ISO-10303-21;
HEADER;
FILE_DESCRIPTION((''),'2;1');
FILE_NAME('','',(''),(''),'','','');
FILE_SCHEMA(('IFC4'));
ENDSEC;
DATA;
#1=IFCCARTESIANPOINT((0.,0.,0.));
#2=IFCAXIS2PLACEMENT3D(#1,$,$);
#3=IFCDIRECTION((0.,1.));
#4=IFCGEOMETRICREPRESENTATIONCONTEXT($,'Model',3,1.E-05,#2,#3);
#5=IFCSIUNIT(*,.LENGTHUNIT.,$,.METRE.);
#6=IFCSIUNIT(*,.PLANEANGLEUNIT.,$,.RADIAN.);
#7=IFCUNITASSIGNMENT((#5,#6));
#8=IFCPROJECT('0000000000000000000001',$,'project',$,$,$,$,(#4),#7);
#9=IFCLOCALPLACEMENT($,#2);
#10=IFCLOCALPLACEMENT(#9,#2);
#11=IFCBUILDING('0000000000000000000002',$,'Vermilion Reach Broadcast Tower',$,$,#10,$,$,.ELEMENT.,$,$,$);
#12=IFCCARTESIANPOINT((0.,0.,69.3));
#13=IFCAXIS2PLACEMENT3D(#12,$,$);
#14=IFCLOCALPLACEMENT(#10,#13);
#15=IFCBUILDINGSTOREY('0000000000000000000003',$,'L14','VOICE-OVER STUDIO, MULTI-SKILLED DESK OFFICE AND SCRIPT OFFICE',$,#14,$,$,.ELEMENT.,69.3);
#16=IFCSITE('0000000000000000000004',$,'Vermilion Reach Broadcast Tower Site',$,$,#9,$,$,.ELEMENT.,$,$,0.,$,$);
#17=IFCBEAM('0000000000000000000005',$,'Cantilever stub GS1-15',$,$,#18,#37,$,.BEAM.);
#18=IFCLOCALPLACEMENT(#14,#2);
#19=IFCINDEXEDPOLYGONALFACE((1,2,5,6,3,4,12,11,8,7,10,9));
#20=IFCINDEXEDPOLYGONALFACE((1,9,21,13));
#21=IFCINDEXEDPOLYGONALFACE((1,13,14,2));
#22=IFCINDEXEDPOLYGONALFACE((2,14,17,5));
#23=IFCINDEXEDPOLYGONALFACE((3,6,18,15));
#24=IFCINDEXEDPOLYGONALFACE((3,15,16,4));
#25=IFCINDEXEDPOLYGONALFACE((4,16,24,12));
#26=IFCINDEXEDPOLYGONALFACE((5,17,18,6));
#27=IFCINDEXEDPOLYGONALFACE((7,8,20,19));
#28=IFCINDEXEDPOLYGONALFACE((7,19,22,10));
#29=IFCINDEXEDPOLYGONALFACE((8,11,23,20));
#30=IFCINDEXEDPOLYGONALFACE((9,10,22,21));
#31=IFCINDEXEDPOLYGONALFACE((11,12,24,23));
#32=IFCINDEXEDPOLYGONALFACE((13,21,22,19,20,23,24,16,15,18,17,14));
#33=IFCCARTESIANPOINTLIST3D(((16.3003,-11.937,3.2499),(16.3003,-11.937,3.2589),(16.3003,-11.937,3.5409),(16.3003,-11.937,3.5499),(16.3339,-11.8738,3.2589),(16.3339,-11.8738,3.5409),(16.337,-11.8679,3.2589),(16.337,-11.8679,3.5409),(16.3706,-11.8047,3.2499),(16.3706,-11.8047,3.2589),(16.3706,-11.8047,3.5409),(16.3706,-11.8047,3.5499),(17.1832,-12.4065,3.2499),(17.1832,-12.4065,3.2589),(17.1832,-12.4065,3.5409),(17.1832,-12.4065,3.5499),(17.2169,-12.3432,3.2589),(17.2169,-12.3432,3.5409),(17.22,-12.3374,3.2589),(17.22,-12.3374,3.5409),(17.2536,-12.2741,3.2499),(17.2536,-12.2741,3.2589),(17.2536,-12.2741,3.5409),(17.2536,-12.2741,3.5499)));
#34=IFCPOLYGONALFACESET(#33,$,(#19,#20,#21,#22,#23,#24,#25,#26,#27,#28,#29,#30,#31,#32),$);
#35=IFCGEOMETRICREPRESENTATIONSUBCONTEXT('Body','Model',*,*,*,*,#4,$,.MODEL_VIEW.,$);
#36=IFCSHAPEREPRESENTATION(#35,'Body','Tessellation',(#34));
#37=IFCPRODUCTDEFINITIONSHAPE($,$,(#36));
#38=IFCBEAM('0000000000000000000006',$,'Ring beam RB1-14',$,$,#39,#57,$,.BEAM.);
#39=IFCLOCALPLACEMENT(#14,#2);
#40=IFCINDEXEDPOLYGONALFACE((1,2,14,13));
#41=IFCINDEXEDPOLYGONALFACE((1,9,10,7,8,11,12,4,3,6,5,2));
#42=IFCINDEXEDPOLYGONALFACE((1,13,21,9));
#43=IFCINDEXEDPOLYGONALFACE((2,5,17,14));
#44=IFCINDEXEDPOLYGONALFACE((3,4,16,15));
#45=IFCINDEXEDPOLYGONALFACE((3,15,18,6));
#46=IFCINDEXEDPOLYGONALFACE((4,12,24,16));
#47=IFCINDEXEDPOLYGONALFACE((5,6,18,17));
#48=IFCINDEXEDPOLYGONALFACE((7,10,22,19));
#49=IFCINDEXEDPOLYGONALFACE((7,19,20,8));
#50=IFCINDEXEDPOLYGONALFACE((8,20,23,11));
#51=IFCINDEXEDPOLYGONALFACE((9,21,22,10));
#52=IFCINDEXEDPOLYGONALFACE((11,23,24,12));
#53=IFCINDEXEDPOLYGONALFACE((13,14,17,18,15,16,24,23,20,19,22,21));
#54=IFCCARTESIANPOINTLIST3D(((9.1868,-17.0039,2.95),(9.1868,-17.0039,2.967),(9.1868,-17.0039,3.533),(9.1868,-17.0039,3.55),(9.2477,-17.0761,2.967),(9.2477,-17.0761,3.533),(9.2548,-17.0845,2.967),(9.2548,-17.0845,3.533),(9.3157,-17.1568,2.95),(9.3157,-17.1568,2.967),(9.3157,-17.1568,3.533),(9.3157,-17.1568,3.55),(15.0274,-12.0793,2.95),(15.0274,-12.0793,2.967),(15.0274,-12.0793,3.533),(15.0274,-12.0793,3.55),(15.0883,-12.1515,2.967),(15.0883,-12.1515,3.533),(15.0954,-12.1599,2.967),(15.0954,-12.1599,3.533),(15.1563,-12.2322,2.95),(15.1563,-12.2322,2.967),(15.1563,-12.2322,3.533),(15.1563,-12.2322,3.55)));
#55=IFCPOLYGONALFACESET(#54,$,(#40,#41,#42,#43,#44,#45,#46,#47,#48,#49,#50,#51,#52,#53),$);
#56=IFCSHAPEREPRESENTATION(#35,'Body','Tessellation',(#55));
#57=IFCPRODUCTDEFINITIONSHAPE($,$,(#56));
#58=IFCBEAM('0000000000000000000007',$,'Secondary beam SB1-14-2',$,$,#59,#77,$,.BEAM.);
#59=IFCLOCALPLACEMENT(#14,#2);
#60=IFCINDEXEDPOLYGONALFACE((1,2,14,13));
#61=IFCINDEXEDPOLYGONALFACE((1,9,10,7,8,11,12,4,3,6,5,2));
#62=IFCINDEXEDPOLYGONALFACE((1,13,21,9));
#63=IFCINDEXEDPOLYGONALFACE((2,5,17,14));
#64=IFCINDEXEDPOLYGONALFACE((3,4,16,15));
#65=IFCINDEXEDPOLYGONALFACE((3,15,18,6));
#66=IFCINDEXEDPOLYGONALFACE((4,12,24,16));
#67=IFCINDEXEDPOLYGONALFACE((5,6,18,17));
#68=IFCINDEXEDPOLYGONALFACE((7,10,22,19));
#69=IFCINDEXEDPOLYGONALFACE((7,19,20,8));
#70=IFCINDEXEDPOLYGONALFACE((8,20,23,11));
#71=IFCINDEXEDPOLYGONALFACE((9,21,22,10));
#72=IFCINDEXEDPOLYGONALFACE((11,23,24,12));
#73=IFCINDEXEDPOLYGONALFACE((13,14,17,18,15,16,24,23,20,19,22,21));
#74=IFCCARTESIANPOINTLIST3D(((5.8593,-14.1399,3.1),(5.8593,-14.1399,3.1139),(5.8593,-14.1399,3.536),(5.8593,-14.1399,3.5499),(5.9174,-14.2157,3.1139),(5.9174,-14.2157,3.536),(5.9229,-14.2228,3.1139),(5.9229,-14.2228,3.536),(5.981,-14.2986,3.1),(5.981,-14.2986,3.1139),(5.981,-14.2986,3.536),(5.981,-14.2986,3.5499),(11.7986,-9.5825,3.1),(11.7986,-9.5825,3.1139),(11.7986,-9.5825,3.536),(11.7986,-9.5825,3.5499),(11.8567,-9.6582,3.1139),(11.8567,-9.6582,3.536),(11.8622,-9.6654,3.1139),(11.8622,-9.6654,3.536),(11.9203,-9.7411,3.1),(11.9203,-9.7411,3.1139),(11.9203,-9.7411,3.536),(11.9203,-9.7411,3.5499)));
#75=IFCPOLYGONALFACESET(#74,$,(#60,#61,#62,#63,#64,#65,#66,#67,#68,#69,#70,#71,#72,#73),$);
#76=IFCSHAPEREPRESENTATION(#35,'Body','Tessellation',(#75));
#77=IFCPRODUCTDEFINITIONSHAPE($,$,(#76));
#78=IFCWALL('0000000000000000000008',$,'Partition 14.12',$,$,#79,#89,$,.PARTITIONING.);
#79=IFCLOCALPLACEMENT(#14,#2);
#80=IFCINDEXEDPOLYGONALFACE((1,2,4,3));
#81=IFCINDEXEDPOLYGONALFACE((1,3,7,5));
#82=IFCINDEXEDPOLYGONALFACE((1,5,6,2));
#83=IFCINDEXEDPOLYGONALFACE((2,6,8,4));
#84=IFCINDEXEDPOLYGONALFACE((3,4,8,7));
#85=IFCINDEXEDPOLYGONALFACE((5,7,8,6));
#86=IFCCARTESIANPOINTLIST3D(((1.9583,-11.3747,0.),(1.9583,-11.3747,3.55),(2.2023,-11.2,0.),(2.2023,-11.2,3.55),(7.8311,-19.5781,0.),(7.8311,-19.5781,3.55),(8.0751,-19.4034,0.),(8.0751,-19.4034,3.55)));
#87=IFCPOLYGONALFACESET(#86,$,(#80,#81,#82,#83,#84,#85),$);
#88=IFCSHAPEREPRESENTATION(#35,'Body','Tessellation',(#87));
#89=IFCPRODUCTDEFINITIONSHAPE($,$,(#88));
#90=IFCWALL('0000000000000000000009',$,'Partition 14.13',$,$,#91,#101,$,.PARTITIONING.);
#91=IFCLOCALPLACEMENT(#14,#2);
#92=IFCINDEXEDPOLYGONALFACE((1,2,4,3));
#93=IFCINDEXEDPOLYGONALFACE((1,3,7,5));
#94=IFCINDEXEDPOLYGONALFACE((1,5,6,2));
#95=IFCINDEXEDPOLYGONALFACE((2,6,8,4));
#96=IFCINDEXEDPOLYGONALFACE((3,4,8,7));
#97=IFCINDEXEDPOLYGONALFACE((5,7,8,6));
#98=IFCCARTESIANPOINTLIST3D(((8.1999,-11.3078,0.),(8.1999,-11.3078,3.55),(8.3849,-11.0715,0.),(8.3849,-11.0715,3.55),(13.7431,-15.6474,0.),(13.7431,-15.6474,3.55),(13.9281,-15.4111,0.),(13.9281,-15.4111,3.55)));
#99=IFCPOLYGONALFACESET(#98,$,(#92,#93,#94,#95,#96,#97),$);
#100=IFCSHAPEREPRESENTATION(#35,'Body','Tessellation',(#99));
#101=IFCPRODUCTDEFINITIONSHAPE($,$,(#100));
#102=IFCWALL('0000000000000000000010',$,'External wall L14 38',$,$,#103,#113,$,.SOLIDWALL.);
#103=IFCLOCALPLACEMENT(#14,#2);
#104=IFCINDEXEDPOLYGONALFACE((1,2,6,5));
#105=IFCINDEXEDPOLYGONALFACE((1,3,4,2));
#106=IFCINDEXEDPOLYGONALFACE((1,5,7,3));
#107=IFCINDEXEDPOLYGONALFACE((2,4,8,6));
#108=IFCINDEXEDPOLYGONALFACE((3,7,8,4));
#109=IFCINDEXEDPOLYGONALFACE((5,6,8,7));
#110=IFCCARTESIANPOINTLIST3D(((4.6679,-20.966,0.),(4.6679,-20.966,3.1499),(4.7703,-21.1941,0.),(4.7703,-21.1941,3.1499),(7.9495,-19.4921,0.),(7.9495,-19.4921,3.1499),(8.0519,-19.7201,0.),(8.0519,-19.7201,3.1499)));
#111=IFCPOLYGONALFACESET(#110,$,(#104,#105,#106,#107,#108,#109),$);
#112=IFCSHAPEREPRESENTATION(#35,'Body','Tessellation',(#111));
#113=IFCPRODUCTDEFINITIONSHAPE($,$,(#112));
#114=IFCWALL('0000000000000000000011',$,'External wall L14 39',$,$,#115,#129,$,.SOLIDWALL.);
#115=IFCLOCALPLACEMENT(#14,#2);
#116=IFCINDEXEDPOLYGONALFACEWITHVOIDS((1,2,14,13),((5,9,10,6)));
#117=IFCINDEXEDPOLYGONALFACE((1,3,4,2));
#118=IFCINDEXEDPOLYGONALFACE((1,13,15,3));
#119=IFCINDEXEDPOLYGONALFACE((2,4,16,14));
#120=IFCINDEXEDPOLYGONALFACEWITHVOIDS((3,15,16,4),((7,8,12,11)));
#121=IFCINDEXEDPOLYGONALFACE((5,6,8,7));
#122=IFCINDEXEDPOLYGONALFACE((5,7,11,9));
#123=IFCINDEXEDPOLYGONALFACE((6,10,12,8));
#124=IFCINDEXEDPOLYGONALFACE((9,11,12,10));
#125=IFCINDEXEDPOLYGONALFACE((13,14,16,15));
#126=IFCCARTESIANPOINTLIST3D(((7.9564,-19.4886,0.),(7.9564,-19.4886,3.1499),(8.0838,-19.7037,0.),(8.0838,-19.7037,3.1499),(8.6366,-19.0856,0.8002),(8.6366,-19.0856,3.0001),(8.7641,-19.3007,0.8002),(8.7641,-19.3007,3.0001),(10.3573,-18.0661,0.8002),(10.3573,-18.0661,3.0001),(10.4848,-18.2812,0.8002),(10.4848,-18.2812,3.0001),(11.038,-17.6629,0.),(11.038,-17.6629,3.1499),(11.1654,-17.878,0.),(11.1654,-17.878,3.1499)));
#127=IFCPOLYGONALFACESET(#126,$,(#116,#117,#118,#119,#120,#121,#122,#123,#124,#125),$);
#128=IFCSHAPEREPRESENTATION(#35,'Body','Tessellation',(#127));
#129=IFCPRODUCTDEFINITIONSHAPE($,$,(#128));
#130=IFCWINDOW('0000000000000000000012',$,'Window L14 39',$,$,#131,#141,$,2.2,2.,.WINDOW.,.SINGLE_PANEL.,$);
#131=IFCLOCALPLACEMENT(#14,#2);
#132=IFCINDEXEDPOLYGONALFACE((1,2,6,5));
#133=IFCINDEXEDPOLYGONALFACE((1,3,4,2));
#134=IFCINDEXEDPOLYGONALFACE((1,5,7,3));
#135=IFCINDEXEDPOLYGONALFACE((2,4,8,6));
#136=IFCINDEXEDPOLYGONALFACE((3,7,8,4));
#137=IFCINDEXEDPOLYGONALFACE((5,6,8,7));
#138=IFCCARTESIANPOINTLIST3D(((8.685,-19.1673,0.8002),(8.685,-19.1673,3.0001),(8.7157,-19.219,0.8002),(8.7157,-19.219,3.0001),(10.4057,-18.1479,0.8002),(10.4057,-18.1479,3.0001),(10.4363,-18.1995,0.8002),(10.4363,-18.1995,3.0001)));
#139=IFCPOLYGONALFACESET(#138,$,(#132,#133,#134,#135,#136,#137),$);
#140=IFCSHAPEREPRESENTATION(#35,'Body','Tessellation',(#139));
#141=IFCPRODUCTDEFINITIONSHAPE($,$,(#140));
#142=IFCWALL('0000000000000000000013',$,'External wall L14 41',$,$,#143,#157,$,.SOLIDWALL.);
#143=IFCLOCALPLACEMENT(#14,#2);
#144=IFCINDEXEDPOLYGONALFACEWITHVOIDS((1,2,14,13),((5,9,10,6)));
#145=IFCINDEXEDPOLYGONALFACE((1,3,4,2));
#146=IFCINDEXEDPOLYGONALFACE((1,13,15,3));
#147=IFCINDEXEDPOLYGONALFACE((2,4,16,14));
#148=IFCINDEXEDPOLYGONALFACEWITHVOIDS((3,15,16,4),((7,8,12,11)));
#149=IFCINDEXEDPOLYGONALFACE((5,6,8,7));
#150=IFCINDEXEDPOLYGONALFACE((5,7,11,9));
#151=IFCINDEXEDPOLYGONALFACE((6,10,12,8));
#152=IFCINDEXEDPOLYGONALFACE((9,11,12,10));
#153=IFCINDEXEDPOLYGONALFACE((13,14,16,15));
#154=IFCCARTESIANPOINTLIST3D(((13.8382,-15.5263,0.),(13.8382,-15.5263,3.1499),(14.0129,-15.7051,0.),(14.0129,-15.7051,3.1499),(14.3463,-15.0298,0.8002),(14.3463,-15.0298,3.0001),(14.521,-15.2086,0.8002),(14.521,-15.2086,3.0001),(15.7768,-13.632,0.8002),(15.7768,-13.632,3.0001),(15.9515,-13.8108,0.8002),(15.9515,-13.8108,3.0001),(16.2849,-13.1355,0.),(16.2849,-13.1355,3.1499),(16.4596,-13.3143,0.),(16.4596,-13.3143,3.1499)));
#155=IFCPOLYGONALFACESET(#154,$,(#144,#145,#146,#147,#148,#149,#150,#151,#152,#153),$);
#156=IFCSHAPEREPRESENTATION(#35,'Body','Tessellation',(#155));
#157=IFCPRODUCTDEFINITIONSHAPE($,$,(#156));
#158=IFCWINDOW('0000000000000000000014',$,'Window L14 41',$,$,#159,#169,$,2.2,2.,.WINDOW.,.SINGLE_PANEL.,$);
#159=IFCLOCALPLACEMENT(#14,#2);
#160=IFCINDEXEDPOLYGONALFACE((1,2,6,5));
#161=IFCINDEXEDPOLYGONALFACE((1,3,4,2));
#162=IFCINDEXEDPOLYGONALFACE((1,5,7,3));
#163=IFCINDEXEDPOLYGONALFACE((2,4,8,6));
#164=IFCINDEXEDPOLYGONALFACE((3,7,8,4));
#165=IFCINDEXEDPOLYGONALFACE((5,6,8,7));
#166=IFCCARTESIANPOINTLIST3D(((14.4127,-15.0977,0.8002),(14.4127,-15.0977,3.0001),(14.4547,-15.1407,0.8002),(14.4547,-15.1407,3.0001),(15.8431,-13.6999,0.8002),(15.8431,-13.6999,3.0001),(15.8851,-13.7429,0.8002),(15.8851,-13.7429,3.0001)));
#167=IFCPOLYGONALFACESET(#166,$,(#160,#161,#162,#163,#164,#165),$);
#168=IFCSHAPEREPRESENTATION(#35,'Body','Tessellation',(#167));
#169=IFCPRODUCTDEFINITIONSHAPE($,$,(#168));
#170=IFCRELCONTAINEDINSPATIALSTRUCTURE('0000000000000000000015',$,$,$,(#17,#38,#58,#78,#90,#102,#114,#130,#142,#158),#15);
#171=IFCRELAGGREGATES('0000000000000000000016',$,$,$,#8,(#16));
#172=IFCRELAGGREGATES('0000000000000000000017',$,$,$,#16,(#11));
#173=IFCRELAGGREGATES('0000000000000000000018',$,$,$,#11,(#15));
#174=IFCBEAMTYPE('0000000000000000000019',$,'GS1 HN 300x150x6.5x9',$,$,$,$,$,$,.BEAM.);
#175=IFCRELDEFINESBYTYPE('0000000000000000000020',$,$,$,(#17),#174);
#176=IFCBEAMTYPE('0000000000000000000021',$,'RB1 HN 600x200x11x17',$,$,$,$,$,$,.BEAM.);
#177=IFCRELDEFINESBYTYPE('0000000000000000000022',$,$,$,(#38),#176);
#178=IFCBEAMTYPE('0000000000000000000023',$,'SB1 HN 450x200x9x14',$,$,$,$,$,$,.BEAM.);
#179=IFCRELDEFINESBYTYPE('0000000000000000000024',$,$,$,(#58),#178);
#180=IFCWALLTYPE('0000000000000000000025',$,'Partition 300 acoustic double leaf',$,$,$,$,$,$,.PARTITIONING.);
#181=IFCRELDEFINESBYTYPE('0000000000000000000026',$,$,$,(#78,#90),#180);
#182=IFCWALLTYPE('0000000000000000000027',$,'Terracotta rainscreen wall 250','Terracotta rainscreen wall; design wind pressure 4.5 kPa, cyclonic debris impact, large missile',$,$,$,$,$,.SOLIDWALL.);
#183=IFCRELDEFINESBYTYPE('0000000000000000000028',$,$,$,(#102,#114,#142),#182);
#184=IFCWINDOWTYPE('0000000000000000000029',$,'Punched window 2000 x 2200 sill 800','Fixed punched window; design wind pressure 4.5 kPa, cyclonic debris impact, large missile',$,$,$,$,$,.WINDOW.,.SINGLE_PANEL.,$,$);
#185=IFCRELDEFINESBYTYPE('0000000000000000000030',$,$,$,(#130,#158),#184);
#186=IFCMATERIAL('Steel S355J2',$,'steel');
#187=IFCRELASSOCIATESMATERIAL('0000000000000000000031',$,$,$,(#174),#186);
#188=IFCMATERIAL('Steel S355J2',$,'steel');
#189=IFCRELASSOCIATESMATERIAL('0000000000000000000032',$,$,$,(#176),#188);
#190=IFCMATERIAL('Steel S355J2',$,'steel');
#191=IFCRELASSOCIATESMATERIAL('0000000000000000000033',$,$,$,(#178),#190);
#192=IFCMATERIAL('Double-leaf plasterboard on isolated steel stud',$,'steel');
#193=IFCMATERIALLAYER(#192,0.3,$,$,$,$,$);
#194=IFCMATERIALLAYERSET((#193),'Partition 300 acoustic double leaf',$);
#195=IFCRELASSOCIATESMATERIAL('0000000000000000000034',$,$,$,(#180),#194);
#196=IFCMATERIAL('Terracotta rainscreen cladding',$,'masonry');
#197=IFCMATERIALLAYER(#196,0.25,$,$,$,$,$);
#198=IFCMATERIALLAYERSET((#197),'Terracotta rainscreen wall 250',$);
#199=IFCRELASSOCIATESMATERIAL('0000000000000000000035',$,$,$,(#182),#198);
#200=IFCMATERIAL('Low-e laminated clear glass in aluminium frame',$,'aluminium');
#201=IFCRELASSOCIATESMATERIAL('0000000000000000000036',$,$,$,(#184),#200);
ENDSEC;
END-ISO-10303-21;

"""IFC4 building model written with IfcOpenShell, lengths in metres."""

from ifc_helpers import new_model, si_unit, direction, frame, frame_2d, origin, origin_2d, place, context, subcontext, project, spatial, rectangle, i_section, extrude, material, layer, layer_set, material_profile, profile_set, type_object, element, fill, save


model = new_model("IFC4")

# Units and contexts
model_context = context("Model", 3, precision=1e-05, world=origin(), true_north=direction((0.0, 1.0)))
body_context = subcontext(model_context, "Body", "Model", "MODEL_VIEW")
ifc_project = project(units=[si_unit("LENGTHUNIT", "METRE"), si_unit("PLANEANGLEUNIT", "RADIAN")], contexts=[model_context])

# Site, building, storey
site_placement = place(None, origin())
site = spatial("IfcSite", under=ifc_project, at=site_placement, Name="Vermilion Reach Broadcast Tower Site", CompositionType="ELEMENT", RefElevation=0.0)
building_placement = place(site_placement, origin())
building = spatial("IfcBuilding", under=site, at=building_placement, Name="Vermilion Reach Broadcast Tower", CompositionType="ELEMENT")
storey_placement = place(building_placement, frame((0.0, 0.0, 69.3)))
storey = spatial("IfcBuildingStorey", under=building, at=storey_placement, Name="L14", Description="VOICE-OVER STUDIO, MULTI-SKILLED DESK OFFICE AND SCRIPT OFFICE", CompositionType="ELEMENT", Elevation=69.3)

# Beams
ifc_material_1 = material(Name="Steel S355J2", Category="steel")
ifc_material_profile_1 = material_profile(ifc_material_1, i_section(OverallWidth=0.1499, OverallDepth=0.3, WebThickness=0.0066, FlangeThickness=0.009, at=origin_2d()), Name="S355J2 HN 300x150x6.5x9")
ifc_profile_set_1 = profile_set([ifc_material_profile_1], Name="Steel S355J2")
beam_type_1 = type_object("IfcBeamType", Name="GS1 HN 300x150x6.5x9", PredefinedType="BEAM", material=ifc_profile_set_1)
for number, where, z_axis, x_axis, name in (
    (1, (16.3354, -11.8708, 3.3999), (0.882967, -0.469435, 0.0), (0.469435, 0.882967, 0.0), "Cantilever stub GS1-15"),
):
    element("IfcBeam", number, at=place(storey_placement, frame(where, z_axis=z_axis, x_axis=x_axis)), inside=storey, type_object=beam_type_1, Name=name, PredefinedType="BEAM", context=body_context, shape_type="SweptSolid", body=[
        extrude(i_section(OverallWidth=0.1499, OverallDepth=0.3, WebThickness=0.0066, FlangeThickness=0.009, at=origin_2d()), origin(), (0.0, 0.0, 1.0), 1.0),
    ])
ifc_material_2 = material(Name="Steel S355J2", Category="steel")
ifc_material_profile_2 = material_profile(ifc_material_2, i_section(OverallWidth=0.2, OverallDepth=0.6001, WebThickness=0.011, FlangeThickness=0.0171, at=origin_2d()), Name="S355J2 HN 600x200x11x17")
ifc_profile_set_2 = profile_set([ifc_material_profile_2], Name="Steel S355J2")
beam_type_2 = type_object("IfcBeamType", Name="RB1 HN 600x200x11x17", PredefinedType="BEAM", material=ifc_profile_set_2)
beam_1_placement = place(storey_placement, frame((9.2512, -17.0803, 3.25), z_axis=(0.764512, 0.644609, 0.0), x_axis=(-0.644609, 0.764512, 0.0)))
element("IfcBeam", 2, at=beam_1_placement, inside=storey, type_object=beam_type_2, Name="Ring beam RB1-14", PredefinedType="BEAM", context=body_context, shape_type="SweptSolid", body=[
    extrude(i_section(OverallWidth=0.2, OverallDepth=0.6001, WebThickness=0.011, FlangeThickness=0.0171, at=origin_2d()), origin(), (0.0, 0.0, 1.0), 7.6396),
])
ifc_material_3 = material(Name="Steel S355J2", Category="steel")
ifc_material_profile_3 = material_profile(ifc_material_3, i_section(OverallWidth=0.2, OverallDepth=0.45, WebThickness=0.009, FlangeThickness=0.0139, at=origin_2d()), Name="S355J2 HN 450x200x9x14")
ifc_profile_set_3 = profile_set([ifc_material_profile_3], Name="Steel S355J2")
beam_type_3 = type_object("IfcBeamType", Name="SB1 HN 450x200x9x14", PredefinedType="BEAM", material=ifc_profile_set_3)
beam_2_placement = place(storey_placement, frame((5.9202, -14.2192, 3.325), z_axis=(0.79335, 0.608766, 0.0), x_axis=(-0.608766, 0.79335, 0.0)))
element("IfcBeam", 3, at=beam_2_placement, inside=storey, type_object=beam_type_3, Name="Secondary beam SB1-14-2", PredefinedType="BEAM", context=body_context, shape_type="SweptSolid", body=[
    extrude(i_section(OverallWidth=0.2, OverallDepth=0.45, WebThickness=0.009, FlangeThickness=0.0139, at=origin_2d()), origin(), (0.0, 0.0, 1.0), 7.4863),
])

# Walls
ifc_material_4 = material(Name="Double-leaf plasterboard on isolated steel stud", Category="steel")
ifc_layer_1 = layer(ifc_material_4, 0.3)
ifc_layer_set_1 = layer_set([ifc_layer_1], Name="Partition 300 acoustic double leaf")
wall_type_1 = type_object("IfcWallType", Name="Partition 300 acoustic double leaf", PredefinedType="PARTITIONING", material=ifc_layer_set_1)
wall_1_placement = place(storey_placement, frame((7.9531, -19.4907, 0.0), z_axis=(0.0, 0.0, 1.0), x_axis=(-0.582108, 0.813112, 0.0)))
element("IfcWall", 4, at=wall_1_placement, inside=storey, type_object=wall_type_1, Name="Partition 14.12", PredefinedType="PARTITIONING", context=body_context, shape_type="SweptSolid", body=[
    extrude(rectangle(XDim=10.0889, YDim=0.3, at=frame_2d((5.0444, 0.0))), origin(), (0.0, 0.0, 1.0), 3.55),
])
wall_2_placement = place(storey_placement, frame((13.8357, -15.5293, 0.0), z_axis=(0.0, 0.0, 1.0), x_axis=(-0.787406, 0.616434, 0.0)))
element("IfcWall", 5, at=wall_2_placement, inside=storey, type_object=wall_type_1, Name="Partition 14.13", PredefinedType="PARTITIONING", context=body_context, shape_type="SweptSolid", body=[
    extrude(rectangle(XDim=7.0398, YDim=0.3, at=frame_2d((3.52, 0.0))), origin(), (0.0, 0.0, 1.0), 3.55),
])
ifc_material_5 = material(Name="Terracotta rainscreen cladding", Category="masonry")
ifc_layer_2 = layer(ifc_material_5, 0.25)
ifc_layer_set_2 = layer_set([ifc_layer_2], Name="Terracotta rainscreen wall 250")
wall_type_2 = type_object("IfcWallType", Name="Terracotta rainscreen wall 250", Description="Terracotta rainscreen wall; design wind pressure 4.5 kPa, cyclonic debris impact, large missile", PredefinedType="SOLIDWALL", material=ifc_layer_set_2)
wall_3_placement = place(storey_placement, frame((4.719, -21.0801, 0.0), z_axis=(0.0, 0.0, 1.0), x_axis=(0.912212, 0.409718, 0.0)))
element("IfcWall", 6, at=wall_3_placement, inside=storey, type_object=wall_type_2, Name="External wall L14 38", PredefinedType="SOLIDWALL", context=body_context, shape_type="SweptSolid", body=[
    extrude(rectangle(XDim=3.5974, YDim=0.25, at=frame_2d((1.7988, 0.0))), origin(), (0.0, 0.0, 1.0), 3.1499),
])

# Wall, opening, window
wall_4_placement = place(storey_placement, frame((8.02, -19.5962, 0.0), z_axis=(0.0, 0.0, 1.0), x_axis=(0.860342, 0.509716, 0.0)))
wall_4 = element("IfcWall", 7, at=wall_4_placement, inside=storey, type_object=wall_type_2, Name="External wall L14 39", PredefinedType="SOLIDWALL", context=body_context, shape_type="SweptSolid", body=[
    extrude(rectangle(XDim=3.5818, YDim=0.25, at=frame_2d((1.791, 0.0))), origin(), (0.0, 0.0, 1.0), 3.1499),
])
opening_1_placement = place(wall_4_placement, frame((0.7908, 0.0, 0.8)))
opening_1 = element("IfcOpeningElement", 8, at=opening_1_placement, cuts=wall_4, PredefinedType="OPENING", context=body_context, shape_type="SweptSolid", body=[
    extrude(rectangle(XDim=2.0, YDim=2.2, at=frame_2d((1.0, 1.1001))), frame((0.0, 0.135, 0.0), z_axis=(0.0, -1.0, 0.0), x_axis=(1.0, 0.0, 0.0)), (0.0, 0.0, 1.0), 0.27),
])
ifc_material_6 = material(Name="Low-e laminated clear glass in aluminium frame", Category="aluminium")
window_type = type_object("IfcWindowType", Name="Punched window 2000 x 2200 sill 800", Description="Fixed punched window; design wind pressure 4.5 kPa, cyclonic debris impact, large missile", PartitioningType="SINGLE_PANEL", PredefinedType="WINDOW", material=ifc_material_6)
window_1_placement = place(opening_1_placement, origin())
window_1 = element("IfcWindow", 9, at=window_1_placement, inside=storey, type_object=window_type, Name="Window L14 39", OverallHeight=2.2, OverallWidth=2.0, PartitioningType="SINGLE_PANEL", PredefinedType="WINDOW", context=body_context, shape_type="SweptSolid", body=[
    extrude(rectangle(XDim=2.0, YDim=2.2, at=frame_2d((1.0, 1.1001))), frame((0.0, 0.03, 0.0), z_axis=(0.0, -1.0, 0.0), x_axis=(1.0, 0.0, 0.0)), (0.0, 0.0, 1.0), 0.0601),
])
fill(opening_1, window_1)

# Wall, opening, window
wall_5_placement = place(storey_placement, frame((13.9255, -15.6157, 0.0), z_axis=(0.0, 0.0, 1.0), x_axis=(0.715231, 0.698888, 0.0)))
wall_5 = element("IfcWall", 10, at=wall_5_placement, inside=storey, type_object=wall_type_2, Name="External wall L14 41", PredefinedType="SOLIDWALL", context=body_context, shape_type="SweptSolid", body=[
    extrude(rectangle(XDim=3.4209, YDim=0.25, at=frame_2d((1.7104, 0.0))), origin(), (0.0, 0.0, 1.0), 3.1499),
])
opening_2_placement = place(wall_5_placement, frame((0.7104, 0.0, 0.8)))
opening_2 = element("IfcOpeningElement", 11, at=opening_2_placement, cuts=wall_5, PredefinedType="OPENING", context=body_context, shape_type="SweptSolid", body=[
    extrude(rectangle(XDim=2.0, YDim=2.2, at=frame_2d((1.0, 1.1001))), frame((0.0, 0.135, 0.0), z_axis=(0.0, -1.0, 0.0), x_axis=(1.0, 0.0, 0.0)), (0.0, 0.0, 1.0), 0.27),
])
window_2_placement = place(opening_2_placement, origin())
window_2 = element("IfcWindow", 12, at=window_2_placement, inside=storey, type_object=window_type, Name="Window L14 41", OverallHeight=2.2, OverallWidth=2.0, PartitioningType="SINGLE_PANEL", PredefinedType="WINDOW", context=body_context, shape_type="SweptSolid", body=[
    extrude(rectangle(XDim=2.0, YDim=2.2, at=frame_2d((1.0, 1.1001))), frame((0.0, 0.03, 0.0), z_axis=(0.0, -1.0, 0.0), x_axis=(1.0, 0.0, 0.0)), (0.0, 0.0, 1.0), 0.0601),
])
fill(opening_2, window_2)

save(model, "model.ifc")
